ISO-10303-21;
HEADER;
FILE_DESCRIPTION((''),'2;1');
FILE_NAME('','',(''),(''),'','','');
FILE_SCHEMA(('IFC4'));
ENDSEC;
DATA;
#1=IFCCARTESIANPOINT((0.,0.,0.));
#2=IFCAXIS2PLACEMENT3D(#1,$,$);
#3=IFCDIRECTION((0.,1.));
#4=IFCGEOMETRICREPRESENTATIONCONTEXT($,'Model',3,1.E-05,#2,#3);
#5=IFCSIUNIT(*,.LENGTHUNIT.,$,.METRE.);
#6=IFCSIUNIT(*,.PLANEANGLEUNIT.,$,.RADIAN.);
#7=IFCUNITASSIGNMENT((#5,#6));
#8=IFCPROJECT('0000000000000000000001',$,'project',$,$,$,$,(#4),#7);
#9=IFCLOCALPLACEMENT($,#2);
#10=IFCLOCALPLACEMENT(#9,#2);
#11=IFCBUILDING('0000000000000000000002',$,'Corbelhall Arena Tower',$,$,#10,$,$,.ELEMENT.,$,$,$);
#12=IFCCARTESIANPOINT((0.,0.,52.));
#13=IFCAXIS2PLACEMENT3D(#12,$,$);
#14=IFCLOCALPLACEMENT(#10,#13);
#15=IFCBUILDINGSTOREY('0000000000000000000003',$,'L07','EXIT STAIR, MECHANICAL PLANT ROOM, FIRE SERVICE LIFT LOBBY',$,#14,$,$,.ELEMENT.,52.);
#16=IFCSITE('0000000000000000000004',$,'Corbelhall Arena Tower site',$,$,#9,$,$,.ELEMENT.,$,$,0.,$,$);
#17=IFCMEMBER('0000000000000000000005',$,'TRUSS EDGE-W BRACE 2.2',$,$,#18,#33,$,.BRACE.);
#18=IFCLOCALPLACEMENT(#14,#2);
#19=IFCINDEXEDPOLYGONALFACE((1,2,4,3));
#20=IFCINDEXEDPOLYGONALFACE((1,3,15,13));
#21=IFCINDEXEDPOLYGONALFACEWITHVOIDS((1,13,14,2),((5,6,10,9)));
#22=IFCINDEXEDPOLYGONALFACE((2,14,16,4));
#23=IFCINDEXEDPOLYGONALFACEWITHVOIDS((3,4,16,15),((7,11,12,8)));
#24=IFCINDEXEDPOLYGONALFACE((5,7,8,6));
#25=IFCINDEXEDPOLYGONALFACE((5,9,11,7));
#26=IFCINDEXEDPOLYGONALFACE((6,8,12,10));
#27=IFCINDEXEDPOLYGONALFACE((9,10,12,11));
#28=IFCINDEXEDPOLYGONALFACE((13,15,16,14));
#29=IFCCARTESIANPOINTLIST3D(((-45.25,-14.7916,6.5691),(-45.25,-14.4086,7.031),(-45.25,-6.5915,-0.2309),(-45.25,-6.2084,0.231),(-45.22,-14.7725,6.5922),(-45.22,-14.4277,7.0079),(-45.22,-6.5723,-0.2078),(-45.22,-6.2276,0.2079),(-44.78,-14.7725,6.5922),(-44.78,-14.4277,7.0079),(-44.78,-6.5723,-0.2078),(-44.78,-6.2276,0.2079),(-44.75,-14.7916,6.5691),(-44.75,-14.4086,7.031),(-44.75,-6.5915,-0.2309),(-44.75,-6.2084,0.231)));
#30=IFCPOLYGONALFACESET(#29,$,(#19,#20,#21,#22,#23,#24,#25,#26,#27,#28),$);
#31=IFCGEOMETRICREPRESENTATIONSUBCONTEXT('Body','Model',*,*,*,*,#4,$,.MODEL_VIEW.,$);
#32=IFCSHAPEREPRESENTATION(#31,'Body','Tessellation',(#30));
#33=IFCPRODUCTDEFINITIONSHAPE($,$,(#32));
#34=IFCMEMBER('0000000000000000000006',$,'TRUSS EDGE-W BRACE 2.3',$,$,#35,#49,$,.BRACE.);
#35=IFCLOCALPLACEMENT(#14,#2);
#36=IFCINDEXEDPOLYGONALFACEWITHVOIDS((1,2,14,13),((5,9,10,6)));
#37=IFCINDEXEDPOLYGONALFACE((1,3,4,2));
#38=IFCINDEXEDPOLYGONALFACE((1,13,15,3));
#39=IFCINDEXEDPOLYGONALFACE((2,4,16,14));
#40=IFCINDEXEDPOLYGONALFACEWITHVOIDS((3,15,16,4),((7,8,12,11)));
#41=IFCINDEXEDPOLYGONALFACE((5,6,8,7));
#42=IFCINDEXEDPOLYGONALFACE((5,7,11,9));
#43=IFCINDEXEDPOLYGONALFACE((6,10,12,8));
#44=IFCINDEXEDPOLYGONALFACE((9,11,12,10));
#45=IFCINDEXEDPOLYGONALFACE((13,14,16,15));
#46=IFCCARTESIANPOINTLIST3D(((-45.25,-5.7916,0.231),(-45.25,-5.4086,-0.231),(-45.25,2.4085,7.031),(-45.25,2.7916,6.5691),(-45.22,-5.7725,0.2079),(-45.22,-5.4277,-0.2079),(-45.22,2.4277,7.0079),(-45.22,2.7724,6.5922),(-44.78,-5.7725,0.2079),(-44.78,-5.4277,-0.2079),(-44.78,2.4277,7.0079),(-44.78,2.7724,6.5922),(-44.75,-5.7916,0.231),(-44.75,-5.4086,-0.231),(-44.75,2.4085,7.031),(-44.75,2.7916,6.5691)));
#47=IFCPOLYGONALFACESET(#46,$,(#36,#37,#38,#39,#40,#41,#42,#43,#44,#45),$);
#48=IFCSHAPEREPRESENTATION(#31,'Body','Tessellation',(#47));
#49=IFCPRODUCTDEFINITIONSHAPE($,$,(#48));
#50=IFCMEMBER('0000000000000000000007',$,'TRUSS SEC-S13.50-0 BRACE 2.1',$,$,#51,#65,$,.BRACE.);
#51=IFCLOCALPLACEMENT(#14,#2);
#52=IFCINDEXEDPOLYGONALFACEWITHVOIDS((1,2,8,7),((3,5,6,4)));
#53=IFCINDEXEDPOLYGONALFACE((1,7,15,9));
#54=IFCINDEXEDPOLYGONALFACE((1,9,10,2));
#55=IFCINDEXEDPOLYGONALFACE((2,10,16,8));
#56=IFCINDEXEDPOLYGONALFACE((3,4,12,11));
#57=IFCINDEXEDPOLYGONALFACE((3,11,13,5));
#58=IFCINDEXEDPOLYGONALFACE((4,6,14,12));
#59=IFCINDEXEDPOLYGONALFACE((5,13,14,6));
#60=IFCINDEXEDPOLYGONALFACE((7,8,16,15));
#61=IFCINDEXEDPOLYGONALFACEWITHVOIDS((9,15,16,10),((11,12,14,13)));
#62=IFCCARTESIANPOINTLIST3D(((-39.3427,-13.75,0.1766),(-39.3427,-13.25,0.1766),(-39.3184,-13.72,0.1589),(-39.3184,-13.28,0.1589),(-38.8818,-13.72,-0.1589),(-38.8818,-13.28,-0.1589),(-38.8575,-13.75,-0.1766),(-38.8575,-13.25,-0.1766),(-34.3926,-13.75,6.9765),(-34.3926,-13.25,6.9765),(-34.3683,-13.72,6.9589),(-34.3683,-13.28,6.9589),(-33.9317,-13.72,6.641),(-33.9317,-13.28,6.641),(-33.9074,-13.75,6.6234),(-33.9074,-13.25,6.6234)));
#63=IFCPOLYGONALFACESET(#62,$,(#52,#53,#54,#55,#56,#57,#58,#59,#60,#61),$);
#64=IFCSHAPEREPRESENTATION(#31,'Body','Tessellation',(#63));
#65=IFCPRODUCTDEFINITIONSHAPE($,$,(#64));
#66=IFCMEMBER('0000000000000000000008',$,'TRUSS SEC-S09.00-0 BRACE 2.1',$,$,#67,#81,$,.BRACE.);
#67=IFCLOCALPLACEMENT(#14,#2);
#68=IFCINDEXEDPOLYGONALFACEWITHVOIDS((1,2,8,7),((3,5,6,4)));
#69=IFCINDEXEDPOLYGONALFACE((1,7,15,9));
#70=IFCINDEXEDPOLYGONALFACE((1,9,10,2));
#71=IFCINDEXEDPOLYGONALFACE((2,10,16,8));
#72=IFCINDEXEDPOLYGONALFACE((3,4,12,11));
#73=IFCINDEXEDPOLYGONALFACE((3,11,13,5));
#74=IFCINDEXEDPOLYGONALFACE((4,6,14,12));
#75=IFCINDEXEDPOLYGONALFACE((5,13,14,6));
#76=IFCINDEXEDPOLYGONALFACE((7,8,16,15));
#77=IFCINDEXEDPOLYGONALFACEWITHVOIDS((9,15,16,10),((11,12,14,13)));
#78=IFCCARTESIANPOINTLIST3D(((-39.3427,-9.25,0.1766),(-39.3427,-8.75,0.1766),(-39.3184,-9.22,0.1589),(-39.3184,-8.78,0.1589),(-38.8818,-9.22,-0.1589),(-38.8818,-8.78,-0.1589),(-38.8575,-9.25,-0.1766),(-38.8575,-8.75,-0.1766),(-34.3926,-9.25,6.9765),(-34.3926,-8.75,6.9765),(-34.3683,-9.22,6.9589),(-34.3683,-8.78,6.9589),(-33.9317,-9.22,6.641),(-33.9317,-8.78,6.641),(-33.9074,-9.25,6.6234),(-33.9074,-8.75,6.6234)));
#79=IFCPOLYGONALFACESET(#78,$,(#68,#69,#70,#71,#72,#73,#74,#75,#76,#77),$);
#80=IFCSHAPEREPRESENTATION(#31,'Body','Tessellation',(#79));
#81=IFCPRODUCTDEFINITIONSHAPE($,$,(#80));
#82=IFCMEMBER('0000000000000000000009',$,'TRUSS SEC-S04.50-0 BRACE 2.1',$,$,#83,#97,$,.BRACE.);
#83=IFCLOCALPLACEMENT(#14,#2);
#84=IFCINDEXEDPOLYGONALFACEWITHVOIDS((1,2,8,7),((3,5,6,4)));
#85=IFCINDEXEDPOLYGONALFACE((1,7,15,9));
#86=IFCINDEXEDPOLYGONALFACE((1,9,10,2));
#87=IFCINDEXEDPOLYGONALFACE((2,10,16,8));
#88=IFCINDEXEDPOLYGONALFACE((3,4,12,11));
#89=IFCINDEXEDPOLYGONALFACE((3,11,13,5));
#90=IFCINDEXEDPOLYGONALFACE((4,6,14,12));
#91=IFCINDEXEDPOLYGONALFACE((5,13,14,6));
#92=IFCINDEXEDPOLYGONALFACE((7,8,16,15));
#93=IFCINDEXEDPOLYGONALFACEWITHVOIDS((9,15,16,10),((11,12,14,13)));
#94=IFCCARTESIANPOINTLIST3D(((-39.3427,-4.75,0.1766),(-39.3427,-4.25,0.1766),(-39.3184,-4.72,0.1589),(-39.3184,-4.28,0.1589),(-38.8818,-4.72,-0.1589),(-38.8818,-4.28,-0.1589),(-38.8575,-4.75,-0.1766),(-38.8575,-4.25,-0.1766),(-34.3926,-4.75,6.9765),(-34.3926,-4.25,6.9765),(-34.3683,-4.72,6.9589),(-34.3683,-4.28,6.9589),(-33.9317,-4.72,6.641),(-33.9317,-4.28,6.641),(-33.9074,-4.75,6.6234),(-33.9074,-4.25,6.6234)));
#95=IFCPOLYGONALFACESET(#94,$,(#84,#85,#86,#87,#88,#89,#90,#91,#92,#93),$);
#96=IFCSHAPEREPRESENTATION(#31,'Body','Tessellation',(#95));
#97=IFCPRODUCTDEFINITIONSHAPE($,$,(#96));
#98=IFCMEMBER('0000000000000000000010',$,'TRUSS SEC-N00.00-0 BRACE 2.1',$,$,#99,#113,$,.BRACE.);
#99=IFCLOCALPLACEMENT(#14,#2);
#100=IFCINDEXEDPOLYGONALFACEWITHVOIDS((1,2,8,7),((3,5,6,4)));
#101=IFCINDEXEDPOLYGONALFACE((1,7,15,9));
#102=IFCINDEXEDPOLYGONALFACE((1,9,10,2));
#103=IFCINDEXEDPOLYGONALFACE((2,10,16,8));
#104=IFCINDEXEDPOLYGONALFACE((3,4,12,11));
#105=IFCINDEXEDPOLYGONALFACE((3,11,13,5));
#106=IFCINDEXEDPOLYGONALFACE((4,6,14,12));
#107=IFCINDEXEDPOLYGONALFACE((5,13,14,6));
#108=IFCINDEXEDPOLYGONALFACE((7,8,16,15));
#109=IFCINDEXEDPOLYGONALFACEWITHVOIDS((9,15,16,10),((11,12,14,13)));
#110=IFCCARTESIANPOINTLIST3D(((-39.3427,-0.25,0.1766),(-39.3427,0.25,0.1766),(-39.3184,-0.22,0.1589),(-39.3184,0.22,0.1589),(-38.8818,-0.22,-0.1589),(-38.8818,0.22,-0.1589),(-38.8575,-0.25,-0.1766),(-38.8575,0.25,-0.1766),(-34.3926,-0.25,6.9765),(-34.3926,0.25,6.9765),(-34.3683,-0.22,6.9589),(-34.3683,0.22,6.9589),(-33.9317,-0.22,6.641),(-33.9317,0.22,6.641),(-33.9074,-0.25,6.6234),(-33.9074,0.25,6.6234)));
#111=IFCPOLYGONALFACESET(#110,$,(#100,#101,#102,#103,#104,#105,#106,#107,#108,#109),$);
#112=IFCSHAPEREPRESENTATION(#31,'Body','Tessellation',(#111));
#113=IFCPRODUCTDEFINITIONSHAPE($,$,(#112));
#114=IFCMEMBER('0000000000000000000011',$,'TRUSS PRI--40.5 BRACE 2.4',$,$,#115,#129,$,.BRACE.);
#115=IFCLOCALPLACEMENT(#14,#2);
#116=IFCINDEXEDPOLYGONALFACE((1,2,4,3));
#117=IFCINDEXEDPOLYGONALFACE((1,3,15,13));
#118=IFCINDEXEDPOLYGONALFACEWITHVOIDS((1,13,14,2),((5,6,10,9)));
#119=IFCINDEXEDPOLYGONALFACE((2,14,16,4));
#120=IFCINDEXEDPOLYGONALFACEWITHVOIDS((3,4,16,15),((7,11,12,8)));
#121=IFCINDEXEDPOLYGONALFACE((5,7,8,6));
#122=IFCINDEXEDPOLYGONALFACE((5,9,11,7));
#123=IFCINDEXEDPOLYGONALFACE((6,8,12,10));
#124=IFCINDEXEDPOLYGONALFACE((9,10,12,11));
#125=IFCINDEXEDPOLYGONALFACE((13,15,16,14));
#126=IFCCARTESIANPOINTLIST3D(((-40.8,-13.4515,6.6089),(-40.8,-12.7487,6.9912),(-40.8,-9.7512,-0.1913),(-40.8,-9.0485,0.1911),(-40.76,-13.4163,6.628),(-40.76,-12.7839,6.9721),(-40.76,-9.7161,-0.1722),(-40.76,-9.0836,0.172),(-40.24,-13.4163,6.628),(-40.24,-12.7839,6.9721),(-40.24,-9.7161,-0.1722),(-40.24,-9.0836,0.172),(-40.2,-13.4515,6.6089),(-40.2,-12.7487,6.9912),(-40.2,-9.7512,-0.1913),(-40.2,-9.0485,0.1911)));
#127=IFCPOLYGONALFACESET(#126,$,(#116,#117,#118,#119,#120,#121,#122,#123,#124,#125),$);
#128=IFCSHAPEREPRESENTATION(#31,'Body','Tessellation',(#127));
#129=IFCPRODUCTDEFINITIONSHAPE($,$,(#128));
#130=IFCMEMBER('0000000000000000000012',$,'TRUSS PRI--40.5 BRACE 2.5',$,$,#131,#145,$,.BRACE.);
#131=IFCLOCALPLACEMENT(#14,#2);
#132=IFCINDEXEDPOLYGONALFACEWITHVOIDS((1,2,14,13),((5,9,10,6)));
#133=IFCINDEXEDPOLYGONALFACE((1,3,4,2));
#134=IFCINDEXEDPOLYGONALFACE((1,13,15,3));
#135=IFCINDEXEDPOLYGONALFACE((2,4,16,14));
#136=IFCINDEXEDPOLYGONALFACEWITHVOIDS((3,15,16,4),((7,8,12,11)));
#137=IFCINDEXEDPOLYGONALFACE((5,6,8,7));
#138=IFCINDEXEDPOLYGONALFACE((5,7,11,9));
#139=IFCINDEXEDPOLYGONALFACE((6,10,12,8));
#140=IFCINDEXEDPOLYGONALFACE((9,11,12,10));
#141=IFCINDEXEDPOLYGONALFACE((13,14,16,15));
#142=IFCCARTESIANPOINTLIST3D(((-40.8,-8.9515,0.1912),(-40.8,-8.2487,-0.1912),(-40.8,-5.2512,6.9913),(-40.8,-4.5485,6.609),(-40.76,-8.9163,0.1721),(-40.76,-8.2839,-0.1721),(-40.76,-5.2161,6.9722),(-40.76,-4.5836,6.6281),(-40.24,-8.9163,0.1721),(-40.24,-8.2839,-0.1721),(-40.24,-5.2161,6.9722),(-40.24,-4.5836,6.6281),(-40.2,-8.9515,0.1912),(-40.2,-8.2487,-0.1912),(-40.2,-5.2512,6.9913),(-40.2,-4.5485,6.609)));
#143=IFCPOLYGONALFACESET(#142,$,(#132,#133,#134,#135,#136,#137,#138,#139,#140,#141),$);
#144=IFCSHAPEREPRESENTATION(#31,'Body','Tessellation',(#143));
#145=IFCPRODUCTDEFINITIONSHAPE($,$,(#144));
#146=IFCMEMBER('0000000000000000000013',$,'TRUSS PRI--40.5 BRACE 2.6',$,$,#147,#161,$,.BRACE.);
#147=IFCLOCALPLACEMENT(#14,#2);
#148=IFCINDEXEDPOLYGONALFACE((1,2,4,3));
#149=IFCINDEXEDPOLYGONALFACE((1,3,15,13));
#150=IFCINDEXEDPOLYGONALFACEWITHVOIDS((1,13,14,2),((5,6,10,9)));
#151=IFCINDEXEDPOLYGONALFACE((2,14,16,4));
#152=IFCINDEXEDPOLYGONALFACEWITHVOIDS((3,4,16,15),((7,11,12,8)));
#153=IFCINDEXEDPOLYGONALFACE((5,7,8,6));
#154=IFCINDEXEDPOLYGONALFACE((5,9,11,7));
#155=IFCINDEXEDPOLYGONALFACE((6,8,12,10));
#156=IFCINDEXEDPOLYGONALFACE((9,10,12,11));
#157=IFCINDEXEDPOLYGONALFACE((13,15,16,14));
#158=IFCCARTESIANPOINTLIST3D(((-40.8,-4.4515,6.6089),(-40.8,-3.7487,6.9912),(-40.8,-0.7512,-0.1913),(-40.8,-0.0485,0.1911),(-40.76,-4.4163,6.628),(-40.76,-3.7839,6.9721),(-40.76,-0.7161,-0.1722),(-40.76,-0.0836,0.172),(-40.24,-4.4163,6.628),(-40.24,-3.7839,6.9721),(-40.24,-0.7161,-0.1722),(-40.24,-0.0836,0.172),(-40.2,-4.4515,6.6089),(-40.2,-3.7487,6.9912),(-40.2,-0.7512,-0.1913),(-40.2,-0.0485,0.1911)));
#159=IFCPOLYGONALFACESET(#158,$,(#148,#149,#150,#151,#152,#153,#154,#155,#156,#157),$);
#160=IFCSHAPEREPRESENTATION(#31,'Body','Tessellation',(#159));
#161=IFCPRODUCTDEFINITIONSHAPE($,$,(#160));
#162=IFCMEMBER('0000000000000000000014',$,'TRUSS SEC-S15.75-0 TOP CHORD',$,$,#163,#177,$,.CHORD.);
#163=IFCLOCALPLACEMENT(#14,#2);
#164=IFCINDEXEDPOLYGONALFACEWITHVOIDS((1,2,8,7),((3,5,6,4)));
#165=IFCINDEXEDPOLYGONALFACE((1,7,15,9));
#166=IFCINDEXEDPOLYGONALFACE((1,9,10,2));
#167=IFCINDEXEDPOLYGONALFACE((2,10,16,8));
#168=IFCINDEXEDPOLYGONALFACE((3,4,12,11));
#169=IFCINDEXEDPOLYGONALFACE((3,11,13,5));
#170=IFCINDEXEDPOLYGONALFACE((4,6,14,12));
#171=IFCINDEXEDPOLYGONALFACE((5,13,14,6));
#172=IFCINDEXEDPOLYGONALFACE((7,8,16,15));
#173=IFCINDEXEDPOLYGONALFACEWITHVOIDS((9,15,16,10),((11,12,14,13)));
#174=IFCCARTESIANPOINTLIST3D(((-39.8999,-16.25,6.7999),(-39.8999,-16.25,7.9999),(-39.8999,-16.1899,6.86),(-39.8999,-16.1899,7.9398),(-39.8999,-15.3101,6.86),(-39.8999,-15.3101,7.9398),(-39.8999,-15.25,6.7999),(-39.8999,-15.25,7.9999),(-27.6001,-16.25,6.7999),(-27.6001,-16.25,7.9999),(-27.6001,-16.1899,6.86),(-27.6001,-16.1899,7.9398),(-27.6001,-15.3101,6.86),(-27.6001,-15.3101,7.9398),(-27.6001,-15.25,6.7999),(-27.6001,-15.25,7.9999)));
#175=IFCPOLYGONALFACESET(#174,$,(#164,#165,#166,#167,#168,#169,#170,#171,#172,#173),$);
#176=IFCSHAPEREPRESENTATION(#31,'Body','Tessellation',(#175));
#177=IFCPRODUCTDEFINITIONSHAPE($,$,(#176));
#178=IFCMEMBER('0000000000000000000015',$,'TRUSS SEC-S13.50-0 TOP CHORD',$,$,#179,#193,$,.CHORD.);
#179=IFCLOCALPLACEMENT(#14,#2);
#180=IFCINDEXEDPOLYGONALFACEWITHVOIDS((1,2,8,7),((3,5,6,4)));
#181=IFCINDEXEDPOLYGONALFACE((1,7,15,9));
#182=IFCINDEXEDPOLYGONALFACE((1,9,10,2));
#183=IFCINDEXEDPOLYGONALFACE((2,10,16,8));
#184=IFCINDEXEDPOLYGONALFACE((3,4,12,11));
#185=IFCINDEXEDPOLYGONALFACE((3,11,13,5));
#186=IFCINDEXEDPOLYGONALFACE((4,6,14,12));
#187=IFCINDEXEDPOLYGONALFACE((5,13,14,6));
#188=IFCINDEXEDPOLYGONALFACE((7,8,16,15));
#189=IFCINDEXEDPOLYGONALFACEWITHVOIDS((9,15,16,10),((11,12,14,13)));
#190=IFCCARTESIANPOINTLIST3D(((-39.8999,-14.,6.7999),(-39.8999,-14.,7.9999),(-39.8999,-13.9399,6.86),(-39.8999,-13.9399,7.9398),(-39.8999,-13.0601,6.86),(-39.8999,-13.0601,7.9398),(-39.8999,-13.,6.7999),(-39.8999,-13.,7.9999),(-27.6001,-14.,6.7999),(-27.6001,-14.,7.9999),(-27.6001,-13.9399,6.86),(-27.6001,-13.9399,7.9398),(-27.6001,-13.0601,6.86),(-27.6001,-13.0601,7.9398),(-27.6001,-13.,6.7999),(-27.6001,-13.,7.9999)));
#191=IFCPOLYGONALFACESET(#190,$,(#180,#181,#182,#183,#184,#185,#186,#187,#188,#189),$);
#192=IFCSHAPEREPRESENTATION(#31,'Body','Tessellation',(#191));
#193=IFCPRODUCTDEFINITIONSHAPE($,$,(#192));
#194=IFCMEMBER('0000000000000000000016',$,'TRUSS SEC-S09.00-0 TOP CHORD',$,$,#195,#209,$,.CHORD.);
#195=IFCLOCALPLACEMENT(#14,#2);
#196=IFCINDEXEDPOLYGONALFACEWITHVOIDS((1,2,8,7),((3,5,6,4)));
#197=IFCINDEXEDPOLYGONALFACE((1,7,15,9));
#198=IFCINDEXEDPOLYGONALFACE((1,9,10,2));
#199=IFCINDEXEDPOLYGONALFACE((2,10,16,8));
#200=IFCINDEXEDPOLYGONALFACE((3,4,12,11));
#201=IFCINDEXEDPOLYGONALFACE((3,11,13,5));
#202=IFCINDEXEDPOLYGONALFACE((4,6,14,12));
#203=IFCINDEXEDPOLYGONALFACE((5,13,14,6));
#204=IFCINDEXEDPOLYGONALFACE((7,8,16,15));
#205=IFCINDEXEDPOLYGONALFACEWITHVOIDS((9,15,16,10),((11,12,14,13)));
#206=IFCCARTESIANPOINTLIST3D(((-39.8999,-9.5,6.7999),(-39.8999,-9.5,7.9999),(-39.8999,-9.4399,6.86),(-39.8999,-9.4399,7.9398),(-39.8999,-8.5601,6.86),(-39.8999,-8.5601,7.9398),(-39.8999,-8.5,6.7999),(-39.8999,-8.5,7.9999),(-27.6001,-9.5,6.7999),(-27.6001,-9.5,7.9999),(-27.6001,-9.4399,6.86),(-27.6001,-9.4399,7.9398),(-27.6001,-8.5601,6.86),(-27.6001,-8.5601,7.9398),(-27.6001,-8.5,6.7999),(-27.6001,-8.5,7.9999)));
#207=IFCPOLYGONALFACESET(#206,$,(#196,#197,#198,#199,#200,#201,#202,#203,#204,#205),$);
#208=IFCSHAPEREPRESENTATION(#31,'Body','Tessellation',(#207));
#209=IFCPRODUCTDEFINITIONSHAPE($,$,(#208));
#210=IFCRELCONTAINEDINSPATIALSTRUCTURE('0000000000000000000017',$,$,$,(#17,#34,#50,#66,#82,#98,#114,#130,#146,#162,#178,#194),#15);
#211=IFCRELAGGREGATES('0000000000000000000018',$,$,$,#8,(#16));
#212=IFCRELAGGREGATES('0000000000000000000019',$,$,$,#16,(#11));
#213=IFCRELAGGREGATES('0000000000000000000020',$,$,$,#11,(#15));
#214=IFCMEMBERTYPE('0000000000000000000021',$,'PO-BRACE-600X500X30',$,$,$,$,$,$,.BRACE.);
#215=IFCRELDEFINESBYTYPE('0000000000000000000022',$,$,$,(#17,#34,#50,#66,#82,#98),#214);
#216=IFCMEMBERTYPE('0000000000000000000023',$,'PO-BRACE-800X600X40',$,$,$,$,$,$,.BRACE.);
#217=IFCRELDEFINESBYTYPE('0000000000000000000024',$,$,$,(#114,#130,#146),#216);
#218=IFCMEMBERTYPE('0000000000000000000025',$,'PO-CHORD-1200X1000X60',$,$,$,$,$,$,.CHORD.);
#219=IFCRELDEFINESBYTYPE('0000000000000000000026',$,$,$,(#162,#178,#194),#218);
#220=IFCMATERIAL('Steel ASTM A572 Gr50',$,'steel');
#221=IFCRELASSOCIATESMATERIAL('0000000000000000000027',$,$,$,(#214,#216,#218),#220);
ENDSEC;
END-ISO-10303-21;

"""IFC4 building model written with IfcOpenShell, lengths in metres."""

from ifc_helpers import new_model, si_unit, direction, frame, origin, origin_2d, place, context, subcontext, project, spatial, hollow_rectangle, extrude, material, material_profile, profile_set, type_object, element, save


model = new_model("IFC4")

# Units and contexts
model_context = context("Model", 3, precision=1e-05, world=origin(), true_north=direction((0.0, 1.0)))
body_context = subcontext(model_context, "Body", "Model", "MODEL_VIEW")
ifc_project = project(units=[si_unit("LENGTHUNIT", "METRE"), si_unit("PLANEANGLEUNIT", "RADIAN")], contexts=[model_context])

# Site, building, storey
site_placement = place(None, origin())
site = spatial("IfcSite", under=ifc_project, at=site_placement, Name="Corbelhall Arena Tower site", CompositionType="ELEMENT", RefElevation=0.0)
building_placement = place(site_placement, origin())
building = spatial("IfcBuilding", under=site, at=building_placement, Name="Corbelhall Arena Tower", CompositionType="ELEMENT")
storey_placement = place(building_placement, frame((0.0, 0.0, 52.0)))
storey = spatial("IfcBuildingStorey", under=building, at=storey_placement, Name="L07", Description="EXIT STAIR, MECHANICAL PLANT ROOM, FIRE SERVICE LIFT LOBBY", CompositionType="ELEMENT", Elevation=52.0)

# Members
ifc_material_1 = material(Name="Steel ASTM A572 Gr50", Category="steel")
ifc_material_profile_1 = material_profile(ifc_material_1, hollow_rectangle(XDim=0.5, YDim=0.6001, WallThickness=0.03, at=origin_2d()))
ifc_profile_set_1 = profile_set([ifc_material_profile_1], Name="Steel ASTM A572 Gr50")
member_type_1 = type_object("IfcMemberType", Name="PO-BRACE-600X500X30", PredefinedType="BRACE", material=ifc_profile_set_1)
for number, where, z_axis, x_axis, name in (
    (1, (-45.0, -14.6001, 6.8), (0.0, 0.769763, -0.63833), (-1.0, 0.0, 0.0), "TRUSS EDGE-W BRACE 2.2"),
    (2, (-45.0, -5.6001, 0.0), (0.0, 0.769763, 0.63833), (-1.0, 0.0, 0.0), "TRUSS EDGE-W BRACE 2.3"),
):
    element("IfcMember", number, at=place(storey_placement, frame(where, z_axis=z_axis, x_axis=x_axis)), inside=storey, type_object=member_type_1, Name=name, PredefinedType="BRACE", context=body_context, shape_type="SweptSolid", body=[
        extrude(hollow_rectangle(XDim=0.5, YDim=0.6001, WallThickness=0.03, at=origin_2d()), origin(), (0.0, 0.0, 1.0), 10.6528),
    ])
for number, where, z_axis, x_axis, name in (
    (3, (-39.1001, -13.5, 0.0), (0.588538, 0.0, 0.80847), (0.0, 1.0, 0.0), "TRUSS SEC-S13.50-0 BRACE 2.1"),
    (4, (-39.1001, -9.0, 0.0), (0.588538, 0.0, 0.80847), (0.0, 1.0, 0.0), "TRUSS SEC-S09.00-0 BRACE 2.1"),
    (5, (-39.1001, -4.5, 0.0), (0.588538, 0.0, 0.80847), (0.0, 1.0, 0.0), "TRUSS SEC-S04.50-0 BRACE 2.1"),
    (6, (-39.1001, 0.0, 0.0), (0.588538, 0.0, 0.80847), (0.0, 1.0, 0.0), "TRUSS SEC-N00.00-0 BRACE 2.1"),
):
    element("IfcMember", number, at=place(storey_placement, frame(where, z_axis=z_axis, x_axis=x_axis)), inside=storey, type_object=member_type_1, Name=name, PredefinedType="BRACE", context=body_context, shape_type="SweptSolid", body=[
        extrude(hollow_rectangle(XDim=0.5, YDim=0.6001, WallThickness=0.03, at=origin_2d()), origin(), (0.0, 0.0, 1.0), 8.4109),
    ])
ifc_material_profile_2 = material_profile(ifc_material_1, hollow_rectangle(XDim=0.6001, YDim=0.8, WallThickness=0.04, at=origin_2d()))
ifc_profile_set_2 = profile_set([ifc_material_profile_2], Name="Steel ASTM A572 Gr50")
member_type_2 = type_object("IfcMemberType", Name="PO-BRACE-800X600X40", PredefinedType="BRACE", material=ifc_profile_set_2)
for number, where, z_axis, x_axis, name in (
    (7, (-40.5, -13.1001, 6.8), (0.0, 0.477964, -0.87838), (-1.0, 0.0, 0.0), "TRUSS PRI--40.5 BRACE 2.4"),
    (8, (-40.5, -8.6001, 0.0), (0.0, 0.477964, 0.87838), (-1.0, 0.0, 0.0), "TRUSS PRI--40.5 BRACE 2.5"),
    (9, (-40.5, -4.1001, 6.8), (0.0, 0.477964, -0.87838), (-1.0, 0.0, 0.0), "TRUSS PRI--40.5 BRACE 2.6"),
):
    element("IfcMember", number, at=place(storey_placement, frame(where, z_axis=z_axis, x_axis=x_axis)), inside=storey, type_object=member_type_2, Name=name, PredefinedType="BRACE", context=body_context, shape_type="SweptSolid", body=[
        extrude(hollow_rectangle(XDim=0.6001, YDim=0.8, WallThickness=0.04, at=origin_2d()), origin(), (0.0, 0.0, 1.0), 7.7417),
    ])
ifc_material_profile_3 = material_profile(ifc_material_1, hollow_rectangle(XDim=1.0, YDim=1.2, WallThickness=0.0601, at=origin_2d()))
ifc_profile_set_3 = profile_set([ifc_material_profile_3], Name="Steel ASTM A572 Gr50")
member_type_3 = type_object("IfcMemberType", Name="PO-CHORD-1200X1000X60", PredefinedType="CHORD", material=ifc_profile_set_3)
for number, where, z_axis, x_axis, name in (
    (10, (-39.8999, -15.75, 7.3999), (1.0, 0.0, 0.0), (0.0, 1.0, 0.0), "TRUSS SEC-S15.75-0 TOP CHORD"),
    (11, (-39.8999, -13.5, 7.3999), (1.0, 0.0, 0.0), (0.0, 1.0, 0.0), "TRUSS SEC-S13.50-0 TOP CHORD"),
    (12, (-39.8999, -9.0, 7.3999), (1.0, 0.0, 0.0), (0.0, 1.0, 0.0), "TRUSS SEC-S09.00-0 TOP CHORD"),
):
    element("IfcMember", number, at=place(storey_placement, frame(where, z_axis=z_axis, x_axis=x_axis)), inside=storey, type_object=member_type_3, Name=name, PredefinedType="CHORD", context=body_context, shape_type="SweptSolid", body=[
        extrude(hollow_rectangle(XDim=1.0, YDim=1.2, WallThickness=0.0601, at=origin_2d()), origin(), (0.0, 0.0, 1.0), 12.2998),
    ])

save(model, "model.ifc")
